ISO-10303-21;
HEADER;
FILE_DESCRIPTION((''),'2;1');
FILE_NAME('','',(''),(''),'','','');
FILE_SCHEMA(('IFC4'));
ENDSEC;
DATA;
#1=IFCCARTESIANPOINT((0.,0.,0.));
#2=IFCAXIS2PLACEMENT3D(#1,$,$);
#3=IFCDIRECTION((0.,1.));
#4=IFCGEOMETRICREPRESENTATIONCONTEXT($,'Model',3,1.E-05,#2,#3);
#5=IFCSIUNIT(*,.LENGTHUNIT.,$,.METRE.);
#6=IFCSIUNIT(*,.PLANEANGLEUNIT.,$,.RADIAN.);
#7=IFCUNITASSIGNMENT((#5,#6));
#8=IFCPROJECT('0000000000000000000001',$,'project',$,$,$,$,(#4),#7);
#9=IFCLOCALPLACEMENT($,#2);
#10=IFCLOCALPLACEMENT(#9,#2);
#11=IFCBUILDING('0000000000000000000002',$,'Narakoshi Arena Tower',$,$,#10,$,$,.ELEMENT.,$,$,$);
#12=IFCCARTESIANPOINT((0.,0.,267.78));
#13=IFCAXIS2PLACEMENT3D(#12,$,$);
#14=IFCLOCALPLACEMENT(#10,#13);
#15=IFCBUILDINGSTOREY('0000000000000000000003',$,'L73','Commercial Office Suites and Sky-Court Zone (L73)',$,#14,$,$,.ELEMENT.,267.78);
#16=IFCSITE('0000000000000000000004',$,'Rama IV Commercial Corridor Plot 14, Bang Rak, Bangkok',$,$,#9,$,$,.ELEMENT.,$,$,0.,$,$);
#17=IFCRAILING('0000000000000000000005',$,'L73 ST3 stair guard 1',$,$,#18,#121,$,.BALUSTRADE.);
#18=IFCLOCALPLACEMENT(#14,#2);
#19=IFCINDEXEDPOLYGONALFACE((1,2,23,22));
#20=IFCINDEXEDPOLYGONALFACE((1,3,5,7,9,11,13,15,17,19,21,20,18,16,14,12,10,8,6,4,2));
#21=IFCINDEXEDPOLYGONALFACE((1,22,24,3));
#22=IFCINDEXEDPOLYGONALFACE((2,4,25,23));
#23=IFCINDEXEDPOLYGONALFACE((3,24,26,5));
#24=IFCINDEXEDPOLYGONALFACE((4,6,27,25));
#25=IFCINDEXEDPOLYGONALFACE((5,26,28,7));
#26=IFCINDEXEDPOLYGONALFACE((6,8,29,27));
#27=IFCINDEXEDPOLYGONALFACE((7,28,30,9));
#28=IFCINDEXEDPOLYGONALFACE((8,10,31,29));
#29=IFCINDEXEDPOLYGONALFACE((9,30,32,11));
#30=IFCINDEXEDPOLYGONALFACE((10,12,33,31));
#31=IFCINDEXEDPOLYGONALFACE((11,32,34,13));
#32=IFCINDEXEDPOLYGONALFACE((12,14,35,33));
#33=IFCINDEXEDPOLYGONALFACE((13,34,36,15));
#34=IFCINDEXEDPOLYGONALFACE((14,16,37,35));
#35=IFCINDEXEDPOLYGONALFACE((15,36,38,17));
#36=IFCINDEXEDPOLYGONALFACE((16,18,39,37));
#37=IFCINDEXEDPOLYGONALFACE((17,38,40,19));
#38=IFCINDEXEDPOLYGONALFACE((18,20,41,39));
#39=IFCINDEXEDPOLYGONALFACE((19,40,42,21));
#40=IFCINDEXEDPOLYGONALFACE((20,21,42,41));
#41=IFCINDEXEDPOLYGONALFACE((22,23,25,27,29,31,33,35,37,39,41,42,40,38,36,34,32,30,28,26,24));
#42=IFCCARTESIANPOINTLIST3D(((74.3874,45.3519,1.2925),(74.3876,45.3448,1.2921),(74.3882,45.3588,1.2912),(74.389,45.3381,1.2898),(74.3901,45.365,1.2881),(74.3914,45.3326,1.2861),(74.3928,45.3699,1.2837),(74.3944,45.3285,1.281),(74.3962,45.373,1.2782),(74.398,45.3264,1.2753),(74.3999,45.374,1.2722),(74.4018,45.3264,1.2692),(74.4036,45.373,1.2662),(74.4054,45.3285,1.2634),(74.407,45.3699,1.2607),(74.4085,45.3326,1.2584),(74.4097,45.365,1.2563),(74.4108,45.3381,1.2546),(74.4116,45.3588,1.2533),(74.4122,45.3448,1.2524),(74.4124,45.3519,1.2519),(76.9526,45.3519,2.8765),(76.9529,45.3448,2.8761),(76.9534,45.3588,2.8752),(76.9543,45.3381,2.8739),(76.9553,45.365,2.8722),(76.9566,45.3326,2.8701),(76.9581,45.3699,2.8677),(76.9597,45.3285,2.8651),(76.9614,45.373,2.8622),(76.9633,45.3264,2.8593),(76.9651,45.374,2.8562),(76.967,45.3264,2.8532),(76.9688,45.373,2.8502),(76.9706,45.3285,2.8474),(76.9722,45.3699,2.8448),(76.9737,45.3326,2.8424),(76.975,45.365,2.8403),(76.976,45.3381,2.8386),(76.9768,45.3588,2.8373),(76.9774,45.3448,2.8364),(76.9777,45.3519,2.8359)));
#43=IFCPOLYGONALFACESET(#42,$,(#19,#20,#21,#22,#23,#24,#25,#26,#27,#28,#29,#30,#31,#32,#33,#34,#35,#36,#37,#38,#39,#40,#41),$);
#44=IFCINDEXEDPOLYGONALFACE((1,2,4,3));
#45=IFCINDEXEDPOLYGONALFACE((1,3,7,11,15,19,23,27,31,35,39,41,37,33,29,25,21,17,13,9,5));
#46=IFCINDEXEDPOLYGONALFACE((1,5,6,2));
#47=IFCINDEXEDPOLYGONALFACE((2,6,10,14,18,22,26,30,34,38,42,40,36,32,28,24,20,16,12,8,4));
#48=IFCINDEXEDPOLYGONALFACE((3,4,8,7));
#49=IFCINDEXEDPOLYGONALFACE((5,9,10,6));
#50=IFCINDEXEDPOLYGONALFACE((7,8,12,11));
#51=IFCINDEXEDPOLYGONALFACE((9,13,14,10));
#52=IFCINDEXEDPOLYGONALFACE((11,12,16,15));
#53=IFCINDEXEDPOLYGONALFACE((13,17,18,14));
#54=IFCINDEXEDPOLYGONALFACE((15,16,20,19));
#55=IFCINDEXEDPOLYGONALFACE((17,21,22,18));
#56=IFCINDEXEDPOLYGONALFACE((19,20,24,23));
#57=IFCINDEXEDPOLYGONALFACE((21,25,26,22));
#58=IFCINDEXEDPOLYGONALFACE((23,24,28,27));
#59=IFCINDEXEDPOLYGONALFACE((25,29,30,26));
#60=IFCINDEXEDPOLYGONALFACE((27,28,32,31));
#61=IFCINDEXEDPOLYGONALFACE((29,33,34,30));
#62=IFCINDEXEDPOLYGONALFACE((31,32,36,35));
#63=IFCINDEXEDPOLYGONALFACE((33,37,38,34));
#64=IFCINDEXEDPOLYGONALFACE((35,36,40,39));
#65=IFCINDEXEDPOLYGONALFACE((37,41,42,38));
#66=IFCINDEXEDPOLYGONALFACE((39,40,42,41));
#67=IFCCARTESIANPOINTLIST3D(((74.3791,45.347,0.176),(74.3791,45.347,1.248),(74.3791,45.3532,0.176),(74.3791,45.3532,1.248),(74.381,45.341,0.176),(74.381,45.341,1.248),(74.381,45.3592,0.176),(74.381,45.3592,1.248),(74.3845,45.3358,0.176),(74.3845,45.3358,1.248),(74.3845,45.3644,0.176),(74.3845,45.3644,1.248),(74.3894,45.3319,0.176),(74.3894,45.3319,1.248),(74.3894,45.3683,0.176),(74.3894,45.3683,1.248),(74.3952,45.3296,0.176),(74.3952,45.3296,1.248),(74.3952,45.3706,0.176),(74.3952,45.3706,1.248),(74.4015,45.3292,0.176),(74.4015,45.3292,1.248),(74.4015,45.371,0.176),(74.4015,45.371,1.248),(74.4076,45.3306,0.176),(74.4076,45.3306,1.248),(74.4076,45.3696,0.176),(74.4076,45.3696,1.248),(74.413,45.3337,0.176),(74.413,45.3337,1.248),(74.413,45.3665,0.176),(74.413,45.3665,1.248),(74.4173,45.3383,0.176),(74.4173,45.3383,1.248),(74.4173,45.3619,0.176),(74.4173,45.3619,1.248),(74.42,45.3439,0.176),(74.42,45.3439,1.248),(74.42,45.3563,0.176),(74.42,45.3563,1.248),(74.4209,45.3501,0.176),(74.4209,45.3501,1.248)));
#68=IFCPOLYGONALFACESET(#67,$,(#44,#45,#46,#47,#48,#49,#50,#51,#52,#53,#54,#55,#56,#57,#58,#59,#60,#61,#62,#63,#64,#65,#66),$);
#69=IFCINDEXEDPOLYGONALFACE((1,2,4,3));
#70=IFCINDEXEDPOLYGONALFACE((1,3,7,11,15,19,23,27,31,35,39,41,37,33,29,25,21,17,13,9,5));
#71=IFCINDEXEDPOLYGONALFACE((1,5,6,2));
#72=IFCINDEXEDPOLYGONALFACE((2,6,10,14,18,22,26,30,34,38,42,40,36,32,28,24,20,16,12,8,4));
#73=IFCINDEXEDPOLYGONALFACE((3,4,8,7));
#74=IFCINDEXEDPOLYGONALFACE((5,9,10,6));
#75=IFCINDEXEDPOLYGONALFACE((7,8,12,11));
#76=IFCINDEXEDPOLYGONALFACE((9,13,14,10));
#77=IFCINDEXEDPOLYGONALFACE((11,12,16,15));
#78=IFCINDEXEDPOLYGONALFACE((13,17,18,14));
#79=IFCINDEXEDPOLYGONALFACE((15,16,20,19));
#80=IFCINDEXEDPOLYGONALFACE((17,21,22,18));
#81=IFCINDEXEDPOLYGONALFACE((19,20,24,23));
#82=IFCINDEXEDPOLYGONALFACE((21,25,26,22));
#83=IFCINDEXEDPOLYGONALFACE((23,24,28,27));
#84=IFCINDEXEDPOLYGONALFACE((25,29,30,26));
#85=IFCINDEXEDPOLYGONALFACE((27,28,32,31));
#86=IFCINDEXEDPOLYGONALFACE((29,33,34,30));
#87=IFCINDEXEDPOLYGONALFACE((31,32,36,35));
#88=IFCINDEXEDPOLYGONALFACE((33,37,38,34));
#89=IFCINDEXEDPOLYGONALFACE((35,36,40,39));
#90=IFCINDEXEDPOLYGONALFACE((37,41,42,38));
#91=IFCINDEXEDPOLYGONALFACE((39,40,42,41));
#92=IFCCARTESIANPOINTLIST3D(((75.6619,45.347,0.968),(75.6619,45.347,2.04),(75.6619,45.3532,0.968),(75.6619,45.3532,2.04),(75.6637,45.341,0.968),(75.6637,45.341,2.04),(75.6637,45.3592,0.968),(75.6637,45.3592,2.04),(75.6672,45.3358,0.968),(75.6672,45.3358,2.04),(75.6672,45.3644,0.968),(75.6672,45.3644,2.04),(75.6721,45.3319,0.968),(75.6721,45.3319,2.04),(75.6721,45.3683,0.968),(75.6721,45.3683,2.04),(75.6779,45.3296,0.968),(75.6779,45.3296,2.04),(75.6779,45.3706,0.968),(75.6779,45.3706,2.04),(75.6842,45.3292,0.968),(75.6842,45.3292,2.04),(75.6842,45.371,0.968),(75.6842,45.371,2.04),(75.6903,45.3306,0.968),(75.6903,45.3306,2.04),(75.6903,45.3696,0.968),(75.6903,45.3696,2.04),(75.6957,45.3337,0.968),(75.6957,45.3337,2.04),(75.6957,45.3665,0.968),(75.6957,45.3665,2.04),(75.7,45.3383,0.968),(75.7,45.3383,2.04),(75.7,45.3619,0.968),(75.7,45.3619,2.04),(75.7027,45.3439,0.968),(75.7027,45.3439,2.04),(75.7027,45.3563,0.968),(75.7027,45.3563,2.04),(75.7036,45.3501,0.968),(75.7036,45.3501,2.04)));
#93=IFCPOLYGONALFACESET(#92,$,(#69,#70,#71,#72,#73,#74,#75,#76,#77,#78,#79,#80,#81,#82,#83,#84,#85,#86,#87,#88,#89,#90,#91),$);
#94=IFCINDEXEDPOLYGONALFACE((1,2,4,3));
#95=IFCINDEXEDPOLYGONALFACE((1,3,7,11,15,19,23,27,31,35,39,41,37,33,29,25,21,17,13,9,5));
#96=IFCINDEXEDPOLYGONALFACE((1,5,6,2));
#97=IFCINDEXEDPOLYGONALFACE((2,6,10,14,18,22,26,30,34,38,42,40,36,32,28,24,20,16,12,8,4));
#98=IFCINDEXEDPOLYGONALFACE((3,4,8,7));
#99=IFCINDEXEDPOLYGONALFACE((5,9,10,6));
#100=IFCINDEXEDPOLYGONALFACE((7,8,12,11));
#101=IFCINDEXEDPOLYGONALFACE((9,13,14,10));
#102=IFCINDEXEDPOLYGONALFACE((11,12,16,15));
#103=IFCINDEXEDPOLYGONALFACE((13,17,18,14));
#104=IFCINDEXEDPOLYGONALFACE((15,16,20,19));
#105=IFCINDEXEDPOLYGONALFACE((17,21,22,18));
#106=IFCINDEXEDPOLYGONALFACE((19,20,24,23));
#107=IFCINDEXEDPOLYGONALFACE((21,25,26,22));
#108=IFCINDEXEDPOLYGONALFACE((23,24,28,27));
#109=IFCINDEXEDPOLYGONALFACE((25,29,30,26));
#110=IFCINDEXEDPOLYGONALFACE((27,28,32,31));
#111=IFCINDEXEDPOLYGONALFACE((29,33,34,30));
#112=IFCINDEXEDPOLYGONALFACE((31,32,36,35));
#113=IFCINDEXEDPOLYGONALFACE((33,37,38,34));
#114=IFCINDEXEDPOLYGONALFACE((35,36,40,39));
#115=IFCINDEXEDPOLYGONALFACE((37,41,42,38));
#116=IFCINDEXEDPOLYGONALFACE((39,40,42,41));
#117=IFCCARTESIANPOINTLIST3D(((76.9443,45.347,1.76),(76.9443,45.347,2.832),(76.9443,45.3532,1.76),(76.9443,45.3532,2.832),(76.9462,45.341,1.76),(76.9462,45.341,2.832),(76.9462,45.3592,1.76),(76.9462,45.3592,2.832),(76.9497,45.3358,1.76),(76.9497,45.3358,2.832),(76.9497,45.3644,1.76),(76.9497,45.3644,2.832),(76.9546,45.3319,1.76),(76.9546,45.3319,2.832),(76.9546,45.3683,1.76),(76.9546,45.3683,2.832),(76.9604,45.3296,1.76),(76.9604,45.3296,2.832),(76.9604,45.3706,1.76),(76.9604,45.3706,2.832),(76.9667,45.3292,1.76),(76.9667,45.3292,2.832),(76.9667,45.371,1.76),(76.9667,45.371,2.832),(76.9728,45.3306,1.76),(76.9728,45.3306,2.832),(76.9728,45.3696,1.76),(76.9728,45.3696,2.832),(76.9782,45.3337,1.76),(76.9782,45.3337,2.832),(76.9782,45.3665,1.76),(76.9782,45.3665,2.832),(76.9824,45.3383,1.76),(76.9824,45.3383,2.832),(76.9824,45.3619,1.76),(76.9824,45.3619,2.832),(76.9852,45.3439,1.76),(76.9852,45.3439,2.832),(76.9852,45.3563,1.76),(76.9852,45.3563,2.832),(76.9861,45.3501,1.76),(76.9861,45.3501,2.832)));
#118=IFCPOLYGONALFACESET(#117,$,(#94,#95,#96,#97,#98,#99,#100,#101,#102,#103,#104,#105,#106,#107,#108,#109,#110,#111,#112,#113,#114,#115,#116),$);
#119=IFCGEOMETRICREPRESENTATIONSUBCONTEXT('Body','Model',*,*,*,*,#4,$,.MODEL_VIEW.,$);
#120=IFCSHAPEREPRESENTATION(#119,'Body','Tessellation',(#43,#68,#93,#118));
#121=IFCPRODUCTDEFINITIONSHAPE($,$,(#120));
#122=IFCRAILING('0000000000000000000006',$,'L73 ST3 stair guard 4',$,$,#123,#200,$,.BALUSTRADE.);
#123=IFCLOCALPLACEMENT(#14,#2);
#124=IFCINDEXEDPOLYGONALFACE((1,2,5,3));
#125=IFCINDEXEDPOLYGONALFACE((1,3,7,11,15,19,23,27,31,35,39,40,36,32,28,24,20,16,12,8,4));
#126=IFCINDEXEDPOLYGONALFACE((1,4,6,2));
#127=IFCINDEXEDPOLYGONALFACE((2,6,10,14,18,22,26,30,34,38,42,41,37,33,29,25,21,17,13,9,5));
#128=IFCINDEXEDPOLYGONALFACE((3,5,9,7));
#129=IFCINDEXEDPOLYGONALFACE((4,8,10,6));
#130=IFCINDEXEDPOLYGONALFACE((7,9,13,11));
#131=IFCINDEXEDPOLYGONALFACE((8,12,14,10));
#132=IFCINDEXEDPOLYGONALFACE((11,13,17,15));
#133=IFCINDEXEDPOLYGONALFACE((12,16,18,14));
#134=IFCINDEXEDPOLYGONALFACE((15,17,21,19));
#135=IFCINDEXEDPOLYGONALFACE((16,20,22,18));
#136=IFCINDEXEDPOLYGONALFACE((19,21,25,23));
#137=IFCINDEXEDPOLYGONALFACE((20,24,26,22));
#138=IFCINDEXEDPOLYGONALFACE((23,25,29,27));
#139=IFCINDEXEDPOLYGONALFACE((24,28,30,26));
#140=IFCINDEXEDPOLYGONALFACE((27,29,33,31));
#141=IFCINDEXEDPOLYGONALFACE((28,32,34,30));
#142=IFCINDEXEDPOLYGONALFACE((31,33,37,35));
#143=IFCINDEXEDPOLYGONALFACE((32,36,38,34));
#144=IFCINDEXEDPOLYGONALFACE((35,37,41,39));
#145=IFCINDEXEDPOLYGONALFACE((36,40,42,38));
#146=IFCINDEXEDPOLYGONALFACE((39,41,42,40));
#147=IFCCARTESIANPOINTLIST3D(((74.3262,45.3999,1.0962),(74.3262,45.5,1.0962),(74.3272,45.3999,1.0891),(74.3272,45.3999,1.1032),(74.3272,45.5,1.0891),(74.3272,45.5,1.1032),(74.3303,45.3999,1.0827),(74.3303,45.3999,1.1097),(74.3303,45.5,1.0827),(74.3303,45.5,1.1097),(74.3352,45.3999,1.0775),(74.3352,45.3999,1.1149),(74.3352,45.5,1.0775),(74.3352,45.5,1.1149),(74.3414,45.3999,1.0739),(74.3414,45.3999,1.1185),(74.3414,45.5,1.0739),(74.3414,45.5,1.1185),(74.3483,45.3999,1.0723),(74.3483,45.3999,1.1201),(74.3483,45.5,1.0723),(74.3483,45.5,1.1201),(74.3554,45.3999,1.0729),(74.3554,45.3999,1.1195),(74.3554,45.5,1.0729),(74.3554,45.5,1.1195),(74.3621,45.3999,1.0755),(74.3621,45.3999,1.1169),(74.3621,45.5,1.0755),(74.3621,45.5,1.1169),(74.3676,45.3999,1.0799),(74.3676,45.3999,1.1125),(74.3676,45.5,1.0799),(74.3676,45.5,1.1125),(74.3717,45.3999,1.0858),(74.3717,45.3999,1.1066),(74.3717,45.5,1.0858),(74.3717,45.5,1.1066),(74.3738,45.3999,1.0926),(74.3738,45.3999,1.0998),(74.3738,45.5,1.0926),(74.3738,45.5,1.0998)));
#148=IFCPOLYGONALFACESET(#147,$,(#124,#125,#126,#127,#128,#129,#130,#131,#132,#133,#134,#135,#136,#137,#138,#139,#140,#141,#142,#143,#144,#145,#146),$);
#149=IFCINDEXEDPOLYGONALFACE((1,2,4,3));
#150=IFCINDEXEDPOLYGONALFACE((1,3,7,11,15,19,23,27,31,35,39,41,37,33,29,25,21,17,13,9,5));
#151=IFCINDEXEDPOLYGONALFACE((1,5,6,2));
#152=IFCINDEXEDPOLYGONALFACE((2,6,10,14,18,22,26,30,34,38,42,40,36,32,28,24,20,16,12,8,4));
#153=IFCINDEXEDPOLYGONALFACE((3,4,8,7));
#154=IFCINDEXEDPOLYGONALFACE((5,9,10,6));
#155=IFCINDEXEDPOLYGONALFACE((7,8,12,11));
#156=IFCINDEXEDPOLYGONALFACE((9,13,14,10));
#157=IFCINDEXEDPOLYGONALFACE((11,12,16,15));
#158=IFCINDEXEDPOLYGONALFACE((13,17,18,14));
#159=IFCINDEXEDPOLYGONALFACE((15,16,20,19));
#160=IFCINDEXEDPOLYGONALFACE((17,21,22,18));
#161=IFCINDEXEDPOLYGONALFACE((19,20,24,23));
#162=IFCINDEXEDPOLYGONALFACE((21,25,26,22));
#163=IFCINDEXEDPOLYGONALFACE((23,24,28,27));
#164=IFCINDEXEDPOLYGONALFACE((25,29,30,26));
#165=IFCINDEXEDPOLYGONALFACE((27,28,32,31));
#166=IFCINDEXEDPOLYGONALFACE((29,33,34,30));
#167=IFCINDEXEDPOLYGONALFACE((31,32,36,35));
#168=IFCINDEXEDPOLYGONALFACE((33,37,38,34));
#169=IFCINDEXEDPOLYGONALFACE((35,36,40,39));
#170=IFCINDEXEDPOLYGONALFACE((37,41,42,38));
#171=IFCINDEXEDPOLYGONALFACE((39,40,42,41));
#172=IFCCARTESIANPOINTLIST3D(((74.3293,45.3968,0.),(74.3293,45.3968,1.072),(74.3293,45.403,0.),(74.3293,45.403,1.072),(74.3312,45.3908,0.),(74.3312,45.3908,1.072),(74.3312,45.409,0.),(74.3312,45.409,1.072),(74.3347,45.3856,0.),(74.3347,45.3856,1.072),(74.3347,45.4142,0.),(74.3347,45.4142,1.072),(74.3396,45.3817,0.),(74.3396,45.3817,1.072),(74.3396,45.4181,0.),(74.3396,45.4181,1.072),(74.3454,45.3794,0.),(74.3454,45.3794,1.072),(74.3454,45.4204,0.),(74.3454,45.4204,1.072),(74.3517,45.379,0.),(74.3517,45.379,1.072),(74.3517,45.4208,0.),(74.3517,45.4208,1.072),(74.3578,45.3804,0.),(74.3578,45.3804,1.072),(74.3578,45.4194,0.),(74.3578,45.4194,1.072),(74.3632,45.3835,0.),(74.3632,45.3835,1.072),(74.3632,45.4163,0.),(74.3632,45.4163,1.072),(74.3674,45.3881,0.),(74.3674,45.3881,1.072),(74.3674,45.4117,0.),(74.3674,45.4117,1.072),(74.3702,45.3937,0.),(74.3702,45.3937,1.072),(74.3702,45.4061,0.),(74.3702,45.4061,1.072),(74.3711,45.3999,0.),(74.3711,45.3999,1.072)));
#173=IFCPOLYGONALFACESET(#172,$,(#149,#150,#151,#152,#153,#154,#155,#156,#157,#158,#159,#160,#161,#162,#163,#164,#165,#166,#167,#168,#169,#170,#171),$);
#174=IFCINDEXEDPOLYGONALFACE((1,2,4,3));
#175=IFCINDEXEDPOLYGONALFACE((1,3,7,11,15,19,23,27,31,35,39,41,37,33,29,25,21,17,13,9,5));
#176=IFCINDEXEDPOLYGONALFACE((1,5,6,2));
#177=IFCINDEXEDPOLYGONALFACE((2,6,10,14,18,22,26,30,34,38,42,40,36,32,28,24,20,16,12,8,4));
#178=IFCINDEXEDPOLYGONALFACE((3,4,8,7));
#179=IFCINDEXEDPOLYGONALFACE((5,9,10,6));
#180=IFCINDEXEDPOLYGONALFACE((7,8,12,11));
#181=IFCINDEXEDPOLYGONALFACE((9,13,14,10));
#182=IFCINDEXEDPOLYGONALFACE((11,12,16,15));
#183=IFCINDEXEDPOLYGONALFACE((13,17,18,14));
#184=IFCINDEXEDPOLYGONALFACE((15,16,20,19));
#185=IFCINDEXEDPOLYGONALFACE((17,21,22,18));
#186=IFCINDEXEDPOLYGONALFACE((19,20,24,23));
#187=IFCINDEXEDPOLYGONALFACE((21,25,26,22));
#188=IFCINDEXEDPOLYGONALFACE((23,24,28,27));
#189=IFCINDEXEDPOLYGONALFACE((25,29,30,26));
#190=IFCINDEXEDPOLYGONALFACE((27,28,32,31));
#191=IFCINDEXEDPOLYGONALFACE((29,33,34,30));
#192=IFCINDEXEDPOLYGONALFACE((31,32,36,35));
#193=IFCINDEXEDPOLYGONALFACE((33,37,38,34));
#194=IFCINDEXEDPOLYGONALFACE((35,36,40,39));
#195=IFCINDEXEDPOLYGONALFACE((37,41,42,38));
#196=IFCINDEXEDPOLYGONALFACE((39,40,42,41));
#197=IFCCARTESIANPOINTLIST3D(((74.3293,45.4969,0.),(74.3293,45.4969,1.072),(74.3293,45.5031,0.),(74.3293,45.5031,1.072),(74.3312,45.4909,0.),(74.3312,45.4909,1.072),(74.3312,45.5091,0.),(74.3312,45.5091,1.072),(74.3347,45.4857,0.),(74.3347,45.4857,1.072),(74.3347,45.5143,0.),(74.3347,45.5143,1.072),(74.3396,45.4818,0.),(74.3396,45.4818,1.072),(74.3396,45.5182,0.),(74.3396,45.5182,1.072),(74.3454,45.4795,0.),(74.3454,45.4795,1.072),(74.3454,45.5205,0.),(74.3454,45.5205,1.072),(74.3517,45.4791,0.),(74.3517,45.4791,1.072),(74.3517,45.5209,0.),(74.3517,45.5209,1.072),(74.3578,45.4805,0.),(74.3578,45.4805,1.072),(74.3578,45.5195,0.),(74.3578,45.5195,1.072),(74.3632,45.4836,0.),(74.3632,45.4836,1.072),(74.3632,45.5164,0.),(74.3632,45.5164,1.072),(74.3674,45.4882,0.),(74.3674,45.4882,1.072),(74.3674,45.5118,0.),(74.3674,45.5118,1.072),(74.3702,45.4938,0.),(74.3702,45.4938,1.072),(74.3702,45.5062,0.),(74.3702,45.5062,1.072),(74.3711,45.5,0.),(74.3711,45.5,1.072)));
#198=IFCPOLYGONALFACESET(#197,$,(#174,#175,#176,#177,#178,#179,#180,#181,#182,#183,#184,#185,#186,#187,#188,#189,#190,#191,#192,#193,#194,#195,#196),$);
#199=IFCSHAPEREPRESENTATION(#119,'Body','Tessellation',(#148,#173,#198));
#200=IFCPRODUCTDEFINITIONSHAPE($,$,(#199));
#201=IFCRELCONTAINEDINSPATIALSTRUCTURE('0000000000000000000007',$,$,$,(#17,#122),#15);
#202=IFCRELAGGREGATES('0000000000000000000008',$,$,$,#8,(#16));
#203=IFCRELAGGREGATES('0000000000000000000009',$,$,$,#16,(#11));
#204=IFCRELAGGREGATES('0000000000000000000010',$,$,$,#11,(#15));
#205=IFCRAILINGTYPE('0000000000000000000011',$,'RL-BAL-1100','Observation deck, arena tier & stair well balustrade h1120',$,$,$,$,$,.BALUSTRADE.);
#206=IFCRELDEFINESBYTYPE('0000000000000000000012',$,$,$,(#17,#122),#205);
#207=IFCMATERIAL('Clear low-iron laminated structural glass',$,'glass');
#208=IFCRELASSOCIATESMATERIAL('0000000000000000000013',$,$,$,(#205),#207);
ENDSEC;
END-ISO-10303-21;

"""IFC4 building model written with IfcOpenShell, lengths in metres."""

from ifc_helpers import new_model, si_unit, direction, frame, origin, origin_2d, place, context, subcontext, project, spatial, circle, extrude, material, type_object, element, save


model = new_model("IFC4")

# Units and contexts
model_context = context("Model", 3, precision=1e-05, world=origin(), true_north=direction((0.0, 1.0)))
body_context = subcontext(model_context, "Body", "Model", "MODEL_VIEW")
ifc_project = project(units=[si_unit("LENGTHUNIT", "METRE"), si_unit("PLANEANGLEUNIT", "RADIAN")], contexts=[model_context])

# Site, building, storey
site_placement = place(None, origin())
site = spatial("IfcSite", under=ifc_project, at=site_placement, Name="Rama IV Commercial Corridor Plot 14, Bang Rak, Bangkok", CompositionType="ELEMENT", RefElevation=0.0)
building_placement = place(site_placement, origin())
building = spatial("IfcBuilding", under=site, at=building_placement, Name="Narakoshi Arena Tower", CompositionType="ELEMENT")
storey_placement = place(building_placement, frame((0.0, 0.0, 267.78)))
storey = spatial("IfcBuildingStorey", under=building, at=storey_placement, Name="L73", Description="Commercial Office Suites and Sky-Court Zone (L73)", CompositionType="ELEMENT", Elevation=267.78)

# Railings
ifc_material_1 = material(Name="Clear low-iron laminated structural glass", Category="glass")
railing_type_1 = type_object("IfcRailingType", Name="RL-BAL-1100", Description="Observation deck, arena tier & stair well balustrade h1120", PredefinedType="BALUSTRADE", material=ifc_material_1)
railing_1_placement = place(storey_placement, frame((74.3999, 45.3501, 0.176)))
element("IfcRailing", 1, at=railing_1_placement, inside=storey, type_object=railing_type_1, Name="L73 ST3 stair guard 1", PredefinedType="BALUSTRADE", context=body_context, shape_type="SweptSolid", body=[
    extrude(circle(Radius=0.0239, at=origin_2d()), frame((0.0, 0.0, 1.0962), z_axis=(0.850857, 0.0, 0.525398), x_axis=(0.0, 1.0, 0.0)), (0.0, 0.0, 1.0), 3.0149),
    extrude(circle(Radius=0.021, at=origin_2d()), origin(), (0.0, 0.0, 1.0), 1.072),
    extrude(circle(Radius=0.021, at=origin_2d()), frame((1.2827, 0.0, 0.792)), (0.0, 0.0, 1.0), 1.072),
    extrude(circle(Radius=0.021, at=origin_2d()), frame((2.5652, 0.0, 1.584)), (0.0, 0.0, 1.0), 1.072),
])
railing_2_placement = place(storey_placement, frame((74.3501, 45.3999, 0.0)))
element("IfcRailing", 2, at=railing_2_placement, inside=storey, type_object=railing_type_1, Name="L73 ST3 stair guard 4", PredefinedType="BALUSTRADE", context=body_context, shape_type="SweptSolid", body=[
    extrude(circle(Radius=0.0239, at=origin_2d()), frame((0.0, 0.0, 1.0962), z_axis=(0.0, 1.0, 0.0), x_axis=(-1.0, 0.0, 0.0)), (0.0, 0.0, 1.0), 0.1001),
    extrude(circle(Radius=0.021, at=origin_2d()), origin(), (0.0, 0.0, 1.0), 1.072),
    extrude(circle(Radius=0.021, at=origin_2d()), frame((0.0, 0.1001, 0.0)), (0.0, 0.0, 1.0), 1.072),
])

save(model, "model.ifc")
